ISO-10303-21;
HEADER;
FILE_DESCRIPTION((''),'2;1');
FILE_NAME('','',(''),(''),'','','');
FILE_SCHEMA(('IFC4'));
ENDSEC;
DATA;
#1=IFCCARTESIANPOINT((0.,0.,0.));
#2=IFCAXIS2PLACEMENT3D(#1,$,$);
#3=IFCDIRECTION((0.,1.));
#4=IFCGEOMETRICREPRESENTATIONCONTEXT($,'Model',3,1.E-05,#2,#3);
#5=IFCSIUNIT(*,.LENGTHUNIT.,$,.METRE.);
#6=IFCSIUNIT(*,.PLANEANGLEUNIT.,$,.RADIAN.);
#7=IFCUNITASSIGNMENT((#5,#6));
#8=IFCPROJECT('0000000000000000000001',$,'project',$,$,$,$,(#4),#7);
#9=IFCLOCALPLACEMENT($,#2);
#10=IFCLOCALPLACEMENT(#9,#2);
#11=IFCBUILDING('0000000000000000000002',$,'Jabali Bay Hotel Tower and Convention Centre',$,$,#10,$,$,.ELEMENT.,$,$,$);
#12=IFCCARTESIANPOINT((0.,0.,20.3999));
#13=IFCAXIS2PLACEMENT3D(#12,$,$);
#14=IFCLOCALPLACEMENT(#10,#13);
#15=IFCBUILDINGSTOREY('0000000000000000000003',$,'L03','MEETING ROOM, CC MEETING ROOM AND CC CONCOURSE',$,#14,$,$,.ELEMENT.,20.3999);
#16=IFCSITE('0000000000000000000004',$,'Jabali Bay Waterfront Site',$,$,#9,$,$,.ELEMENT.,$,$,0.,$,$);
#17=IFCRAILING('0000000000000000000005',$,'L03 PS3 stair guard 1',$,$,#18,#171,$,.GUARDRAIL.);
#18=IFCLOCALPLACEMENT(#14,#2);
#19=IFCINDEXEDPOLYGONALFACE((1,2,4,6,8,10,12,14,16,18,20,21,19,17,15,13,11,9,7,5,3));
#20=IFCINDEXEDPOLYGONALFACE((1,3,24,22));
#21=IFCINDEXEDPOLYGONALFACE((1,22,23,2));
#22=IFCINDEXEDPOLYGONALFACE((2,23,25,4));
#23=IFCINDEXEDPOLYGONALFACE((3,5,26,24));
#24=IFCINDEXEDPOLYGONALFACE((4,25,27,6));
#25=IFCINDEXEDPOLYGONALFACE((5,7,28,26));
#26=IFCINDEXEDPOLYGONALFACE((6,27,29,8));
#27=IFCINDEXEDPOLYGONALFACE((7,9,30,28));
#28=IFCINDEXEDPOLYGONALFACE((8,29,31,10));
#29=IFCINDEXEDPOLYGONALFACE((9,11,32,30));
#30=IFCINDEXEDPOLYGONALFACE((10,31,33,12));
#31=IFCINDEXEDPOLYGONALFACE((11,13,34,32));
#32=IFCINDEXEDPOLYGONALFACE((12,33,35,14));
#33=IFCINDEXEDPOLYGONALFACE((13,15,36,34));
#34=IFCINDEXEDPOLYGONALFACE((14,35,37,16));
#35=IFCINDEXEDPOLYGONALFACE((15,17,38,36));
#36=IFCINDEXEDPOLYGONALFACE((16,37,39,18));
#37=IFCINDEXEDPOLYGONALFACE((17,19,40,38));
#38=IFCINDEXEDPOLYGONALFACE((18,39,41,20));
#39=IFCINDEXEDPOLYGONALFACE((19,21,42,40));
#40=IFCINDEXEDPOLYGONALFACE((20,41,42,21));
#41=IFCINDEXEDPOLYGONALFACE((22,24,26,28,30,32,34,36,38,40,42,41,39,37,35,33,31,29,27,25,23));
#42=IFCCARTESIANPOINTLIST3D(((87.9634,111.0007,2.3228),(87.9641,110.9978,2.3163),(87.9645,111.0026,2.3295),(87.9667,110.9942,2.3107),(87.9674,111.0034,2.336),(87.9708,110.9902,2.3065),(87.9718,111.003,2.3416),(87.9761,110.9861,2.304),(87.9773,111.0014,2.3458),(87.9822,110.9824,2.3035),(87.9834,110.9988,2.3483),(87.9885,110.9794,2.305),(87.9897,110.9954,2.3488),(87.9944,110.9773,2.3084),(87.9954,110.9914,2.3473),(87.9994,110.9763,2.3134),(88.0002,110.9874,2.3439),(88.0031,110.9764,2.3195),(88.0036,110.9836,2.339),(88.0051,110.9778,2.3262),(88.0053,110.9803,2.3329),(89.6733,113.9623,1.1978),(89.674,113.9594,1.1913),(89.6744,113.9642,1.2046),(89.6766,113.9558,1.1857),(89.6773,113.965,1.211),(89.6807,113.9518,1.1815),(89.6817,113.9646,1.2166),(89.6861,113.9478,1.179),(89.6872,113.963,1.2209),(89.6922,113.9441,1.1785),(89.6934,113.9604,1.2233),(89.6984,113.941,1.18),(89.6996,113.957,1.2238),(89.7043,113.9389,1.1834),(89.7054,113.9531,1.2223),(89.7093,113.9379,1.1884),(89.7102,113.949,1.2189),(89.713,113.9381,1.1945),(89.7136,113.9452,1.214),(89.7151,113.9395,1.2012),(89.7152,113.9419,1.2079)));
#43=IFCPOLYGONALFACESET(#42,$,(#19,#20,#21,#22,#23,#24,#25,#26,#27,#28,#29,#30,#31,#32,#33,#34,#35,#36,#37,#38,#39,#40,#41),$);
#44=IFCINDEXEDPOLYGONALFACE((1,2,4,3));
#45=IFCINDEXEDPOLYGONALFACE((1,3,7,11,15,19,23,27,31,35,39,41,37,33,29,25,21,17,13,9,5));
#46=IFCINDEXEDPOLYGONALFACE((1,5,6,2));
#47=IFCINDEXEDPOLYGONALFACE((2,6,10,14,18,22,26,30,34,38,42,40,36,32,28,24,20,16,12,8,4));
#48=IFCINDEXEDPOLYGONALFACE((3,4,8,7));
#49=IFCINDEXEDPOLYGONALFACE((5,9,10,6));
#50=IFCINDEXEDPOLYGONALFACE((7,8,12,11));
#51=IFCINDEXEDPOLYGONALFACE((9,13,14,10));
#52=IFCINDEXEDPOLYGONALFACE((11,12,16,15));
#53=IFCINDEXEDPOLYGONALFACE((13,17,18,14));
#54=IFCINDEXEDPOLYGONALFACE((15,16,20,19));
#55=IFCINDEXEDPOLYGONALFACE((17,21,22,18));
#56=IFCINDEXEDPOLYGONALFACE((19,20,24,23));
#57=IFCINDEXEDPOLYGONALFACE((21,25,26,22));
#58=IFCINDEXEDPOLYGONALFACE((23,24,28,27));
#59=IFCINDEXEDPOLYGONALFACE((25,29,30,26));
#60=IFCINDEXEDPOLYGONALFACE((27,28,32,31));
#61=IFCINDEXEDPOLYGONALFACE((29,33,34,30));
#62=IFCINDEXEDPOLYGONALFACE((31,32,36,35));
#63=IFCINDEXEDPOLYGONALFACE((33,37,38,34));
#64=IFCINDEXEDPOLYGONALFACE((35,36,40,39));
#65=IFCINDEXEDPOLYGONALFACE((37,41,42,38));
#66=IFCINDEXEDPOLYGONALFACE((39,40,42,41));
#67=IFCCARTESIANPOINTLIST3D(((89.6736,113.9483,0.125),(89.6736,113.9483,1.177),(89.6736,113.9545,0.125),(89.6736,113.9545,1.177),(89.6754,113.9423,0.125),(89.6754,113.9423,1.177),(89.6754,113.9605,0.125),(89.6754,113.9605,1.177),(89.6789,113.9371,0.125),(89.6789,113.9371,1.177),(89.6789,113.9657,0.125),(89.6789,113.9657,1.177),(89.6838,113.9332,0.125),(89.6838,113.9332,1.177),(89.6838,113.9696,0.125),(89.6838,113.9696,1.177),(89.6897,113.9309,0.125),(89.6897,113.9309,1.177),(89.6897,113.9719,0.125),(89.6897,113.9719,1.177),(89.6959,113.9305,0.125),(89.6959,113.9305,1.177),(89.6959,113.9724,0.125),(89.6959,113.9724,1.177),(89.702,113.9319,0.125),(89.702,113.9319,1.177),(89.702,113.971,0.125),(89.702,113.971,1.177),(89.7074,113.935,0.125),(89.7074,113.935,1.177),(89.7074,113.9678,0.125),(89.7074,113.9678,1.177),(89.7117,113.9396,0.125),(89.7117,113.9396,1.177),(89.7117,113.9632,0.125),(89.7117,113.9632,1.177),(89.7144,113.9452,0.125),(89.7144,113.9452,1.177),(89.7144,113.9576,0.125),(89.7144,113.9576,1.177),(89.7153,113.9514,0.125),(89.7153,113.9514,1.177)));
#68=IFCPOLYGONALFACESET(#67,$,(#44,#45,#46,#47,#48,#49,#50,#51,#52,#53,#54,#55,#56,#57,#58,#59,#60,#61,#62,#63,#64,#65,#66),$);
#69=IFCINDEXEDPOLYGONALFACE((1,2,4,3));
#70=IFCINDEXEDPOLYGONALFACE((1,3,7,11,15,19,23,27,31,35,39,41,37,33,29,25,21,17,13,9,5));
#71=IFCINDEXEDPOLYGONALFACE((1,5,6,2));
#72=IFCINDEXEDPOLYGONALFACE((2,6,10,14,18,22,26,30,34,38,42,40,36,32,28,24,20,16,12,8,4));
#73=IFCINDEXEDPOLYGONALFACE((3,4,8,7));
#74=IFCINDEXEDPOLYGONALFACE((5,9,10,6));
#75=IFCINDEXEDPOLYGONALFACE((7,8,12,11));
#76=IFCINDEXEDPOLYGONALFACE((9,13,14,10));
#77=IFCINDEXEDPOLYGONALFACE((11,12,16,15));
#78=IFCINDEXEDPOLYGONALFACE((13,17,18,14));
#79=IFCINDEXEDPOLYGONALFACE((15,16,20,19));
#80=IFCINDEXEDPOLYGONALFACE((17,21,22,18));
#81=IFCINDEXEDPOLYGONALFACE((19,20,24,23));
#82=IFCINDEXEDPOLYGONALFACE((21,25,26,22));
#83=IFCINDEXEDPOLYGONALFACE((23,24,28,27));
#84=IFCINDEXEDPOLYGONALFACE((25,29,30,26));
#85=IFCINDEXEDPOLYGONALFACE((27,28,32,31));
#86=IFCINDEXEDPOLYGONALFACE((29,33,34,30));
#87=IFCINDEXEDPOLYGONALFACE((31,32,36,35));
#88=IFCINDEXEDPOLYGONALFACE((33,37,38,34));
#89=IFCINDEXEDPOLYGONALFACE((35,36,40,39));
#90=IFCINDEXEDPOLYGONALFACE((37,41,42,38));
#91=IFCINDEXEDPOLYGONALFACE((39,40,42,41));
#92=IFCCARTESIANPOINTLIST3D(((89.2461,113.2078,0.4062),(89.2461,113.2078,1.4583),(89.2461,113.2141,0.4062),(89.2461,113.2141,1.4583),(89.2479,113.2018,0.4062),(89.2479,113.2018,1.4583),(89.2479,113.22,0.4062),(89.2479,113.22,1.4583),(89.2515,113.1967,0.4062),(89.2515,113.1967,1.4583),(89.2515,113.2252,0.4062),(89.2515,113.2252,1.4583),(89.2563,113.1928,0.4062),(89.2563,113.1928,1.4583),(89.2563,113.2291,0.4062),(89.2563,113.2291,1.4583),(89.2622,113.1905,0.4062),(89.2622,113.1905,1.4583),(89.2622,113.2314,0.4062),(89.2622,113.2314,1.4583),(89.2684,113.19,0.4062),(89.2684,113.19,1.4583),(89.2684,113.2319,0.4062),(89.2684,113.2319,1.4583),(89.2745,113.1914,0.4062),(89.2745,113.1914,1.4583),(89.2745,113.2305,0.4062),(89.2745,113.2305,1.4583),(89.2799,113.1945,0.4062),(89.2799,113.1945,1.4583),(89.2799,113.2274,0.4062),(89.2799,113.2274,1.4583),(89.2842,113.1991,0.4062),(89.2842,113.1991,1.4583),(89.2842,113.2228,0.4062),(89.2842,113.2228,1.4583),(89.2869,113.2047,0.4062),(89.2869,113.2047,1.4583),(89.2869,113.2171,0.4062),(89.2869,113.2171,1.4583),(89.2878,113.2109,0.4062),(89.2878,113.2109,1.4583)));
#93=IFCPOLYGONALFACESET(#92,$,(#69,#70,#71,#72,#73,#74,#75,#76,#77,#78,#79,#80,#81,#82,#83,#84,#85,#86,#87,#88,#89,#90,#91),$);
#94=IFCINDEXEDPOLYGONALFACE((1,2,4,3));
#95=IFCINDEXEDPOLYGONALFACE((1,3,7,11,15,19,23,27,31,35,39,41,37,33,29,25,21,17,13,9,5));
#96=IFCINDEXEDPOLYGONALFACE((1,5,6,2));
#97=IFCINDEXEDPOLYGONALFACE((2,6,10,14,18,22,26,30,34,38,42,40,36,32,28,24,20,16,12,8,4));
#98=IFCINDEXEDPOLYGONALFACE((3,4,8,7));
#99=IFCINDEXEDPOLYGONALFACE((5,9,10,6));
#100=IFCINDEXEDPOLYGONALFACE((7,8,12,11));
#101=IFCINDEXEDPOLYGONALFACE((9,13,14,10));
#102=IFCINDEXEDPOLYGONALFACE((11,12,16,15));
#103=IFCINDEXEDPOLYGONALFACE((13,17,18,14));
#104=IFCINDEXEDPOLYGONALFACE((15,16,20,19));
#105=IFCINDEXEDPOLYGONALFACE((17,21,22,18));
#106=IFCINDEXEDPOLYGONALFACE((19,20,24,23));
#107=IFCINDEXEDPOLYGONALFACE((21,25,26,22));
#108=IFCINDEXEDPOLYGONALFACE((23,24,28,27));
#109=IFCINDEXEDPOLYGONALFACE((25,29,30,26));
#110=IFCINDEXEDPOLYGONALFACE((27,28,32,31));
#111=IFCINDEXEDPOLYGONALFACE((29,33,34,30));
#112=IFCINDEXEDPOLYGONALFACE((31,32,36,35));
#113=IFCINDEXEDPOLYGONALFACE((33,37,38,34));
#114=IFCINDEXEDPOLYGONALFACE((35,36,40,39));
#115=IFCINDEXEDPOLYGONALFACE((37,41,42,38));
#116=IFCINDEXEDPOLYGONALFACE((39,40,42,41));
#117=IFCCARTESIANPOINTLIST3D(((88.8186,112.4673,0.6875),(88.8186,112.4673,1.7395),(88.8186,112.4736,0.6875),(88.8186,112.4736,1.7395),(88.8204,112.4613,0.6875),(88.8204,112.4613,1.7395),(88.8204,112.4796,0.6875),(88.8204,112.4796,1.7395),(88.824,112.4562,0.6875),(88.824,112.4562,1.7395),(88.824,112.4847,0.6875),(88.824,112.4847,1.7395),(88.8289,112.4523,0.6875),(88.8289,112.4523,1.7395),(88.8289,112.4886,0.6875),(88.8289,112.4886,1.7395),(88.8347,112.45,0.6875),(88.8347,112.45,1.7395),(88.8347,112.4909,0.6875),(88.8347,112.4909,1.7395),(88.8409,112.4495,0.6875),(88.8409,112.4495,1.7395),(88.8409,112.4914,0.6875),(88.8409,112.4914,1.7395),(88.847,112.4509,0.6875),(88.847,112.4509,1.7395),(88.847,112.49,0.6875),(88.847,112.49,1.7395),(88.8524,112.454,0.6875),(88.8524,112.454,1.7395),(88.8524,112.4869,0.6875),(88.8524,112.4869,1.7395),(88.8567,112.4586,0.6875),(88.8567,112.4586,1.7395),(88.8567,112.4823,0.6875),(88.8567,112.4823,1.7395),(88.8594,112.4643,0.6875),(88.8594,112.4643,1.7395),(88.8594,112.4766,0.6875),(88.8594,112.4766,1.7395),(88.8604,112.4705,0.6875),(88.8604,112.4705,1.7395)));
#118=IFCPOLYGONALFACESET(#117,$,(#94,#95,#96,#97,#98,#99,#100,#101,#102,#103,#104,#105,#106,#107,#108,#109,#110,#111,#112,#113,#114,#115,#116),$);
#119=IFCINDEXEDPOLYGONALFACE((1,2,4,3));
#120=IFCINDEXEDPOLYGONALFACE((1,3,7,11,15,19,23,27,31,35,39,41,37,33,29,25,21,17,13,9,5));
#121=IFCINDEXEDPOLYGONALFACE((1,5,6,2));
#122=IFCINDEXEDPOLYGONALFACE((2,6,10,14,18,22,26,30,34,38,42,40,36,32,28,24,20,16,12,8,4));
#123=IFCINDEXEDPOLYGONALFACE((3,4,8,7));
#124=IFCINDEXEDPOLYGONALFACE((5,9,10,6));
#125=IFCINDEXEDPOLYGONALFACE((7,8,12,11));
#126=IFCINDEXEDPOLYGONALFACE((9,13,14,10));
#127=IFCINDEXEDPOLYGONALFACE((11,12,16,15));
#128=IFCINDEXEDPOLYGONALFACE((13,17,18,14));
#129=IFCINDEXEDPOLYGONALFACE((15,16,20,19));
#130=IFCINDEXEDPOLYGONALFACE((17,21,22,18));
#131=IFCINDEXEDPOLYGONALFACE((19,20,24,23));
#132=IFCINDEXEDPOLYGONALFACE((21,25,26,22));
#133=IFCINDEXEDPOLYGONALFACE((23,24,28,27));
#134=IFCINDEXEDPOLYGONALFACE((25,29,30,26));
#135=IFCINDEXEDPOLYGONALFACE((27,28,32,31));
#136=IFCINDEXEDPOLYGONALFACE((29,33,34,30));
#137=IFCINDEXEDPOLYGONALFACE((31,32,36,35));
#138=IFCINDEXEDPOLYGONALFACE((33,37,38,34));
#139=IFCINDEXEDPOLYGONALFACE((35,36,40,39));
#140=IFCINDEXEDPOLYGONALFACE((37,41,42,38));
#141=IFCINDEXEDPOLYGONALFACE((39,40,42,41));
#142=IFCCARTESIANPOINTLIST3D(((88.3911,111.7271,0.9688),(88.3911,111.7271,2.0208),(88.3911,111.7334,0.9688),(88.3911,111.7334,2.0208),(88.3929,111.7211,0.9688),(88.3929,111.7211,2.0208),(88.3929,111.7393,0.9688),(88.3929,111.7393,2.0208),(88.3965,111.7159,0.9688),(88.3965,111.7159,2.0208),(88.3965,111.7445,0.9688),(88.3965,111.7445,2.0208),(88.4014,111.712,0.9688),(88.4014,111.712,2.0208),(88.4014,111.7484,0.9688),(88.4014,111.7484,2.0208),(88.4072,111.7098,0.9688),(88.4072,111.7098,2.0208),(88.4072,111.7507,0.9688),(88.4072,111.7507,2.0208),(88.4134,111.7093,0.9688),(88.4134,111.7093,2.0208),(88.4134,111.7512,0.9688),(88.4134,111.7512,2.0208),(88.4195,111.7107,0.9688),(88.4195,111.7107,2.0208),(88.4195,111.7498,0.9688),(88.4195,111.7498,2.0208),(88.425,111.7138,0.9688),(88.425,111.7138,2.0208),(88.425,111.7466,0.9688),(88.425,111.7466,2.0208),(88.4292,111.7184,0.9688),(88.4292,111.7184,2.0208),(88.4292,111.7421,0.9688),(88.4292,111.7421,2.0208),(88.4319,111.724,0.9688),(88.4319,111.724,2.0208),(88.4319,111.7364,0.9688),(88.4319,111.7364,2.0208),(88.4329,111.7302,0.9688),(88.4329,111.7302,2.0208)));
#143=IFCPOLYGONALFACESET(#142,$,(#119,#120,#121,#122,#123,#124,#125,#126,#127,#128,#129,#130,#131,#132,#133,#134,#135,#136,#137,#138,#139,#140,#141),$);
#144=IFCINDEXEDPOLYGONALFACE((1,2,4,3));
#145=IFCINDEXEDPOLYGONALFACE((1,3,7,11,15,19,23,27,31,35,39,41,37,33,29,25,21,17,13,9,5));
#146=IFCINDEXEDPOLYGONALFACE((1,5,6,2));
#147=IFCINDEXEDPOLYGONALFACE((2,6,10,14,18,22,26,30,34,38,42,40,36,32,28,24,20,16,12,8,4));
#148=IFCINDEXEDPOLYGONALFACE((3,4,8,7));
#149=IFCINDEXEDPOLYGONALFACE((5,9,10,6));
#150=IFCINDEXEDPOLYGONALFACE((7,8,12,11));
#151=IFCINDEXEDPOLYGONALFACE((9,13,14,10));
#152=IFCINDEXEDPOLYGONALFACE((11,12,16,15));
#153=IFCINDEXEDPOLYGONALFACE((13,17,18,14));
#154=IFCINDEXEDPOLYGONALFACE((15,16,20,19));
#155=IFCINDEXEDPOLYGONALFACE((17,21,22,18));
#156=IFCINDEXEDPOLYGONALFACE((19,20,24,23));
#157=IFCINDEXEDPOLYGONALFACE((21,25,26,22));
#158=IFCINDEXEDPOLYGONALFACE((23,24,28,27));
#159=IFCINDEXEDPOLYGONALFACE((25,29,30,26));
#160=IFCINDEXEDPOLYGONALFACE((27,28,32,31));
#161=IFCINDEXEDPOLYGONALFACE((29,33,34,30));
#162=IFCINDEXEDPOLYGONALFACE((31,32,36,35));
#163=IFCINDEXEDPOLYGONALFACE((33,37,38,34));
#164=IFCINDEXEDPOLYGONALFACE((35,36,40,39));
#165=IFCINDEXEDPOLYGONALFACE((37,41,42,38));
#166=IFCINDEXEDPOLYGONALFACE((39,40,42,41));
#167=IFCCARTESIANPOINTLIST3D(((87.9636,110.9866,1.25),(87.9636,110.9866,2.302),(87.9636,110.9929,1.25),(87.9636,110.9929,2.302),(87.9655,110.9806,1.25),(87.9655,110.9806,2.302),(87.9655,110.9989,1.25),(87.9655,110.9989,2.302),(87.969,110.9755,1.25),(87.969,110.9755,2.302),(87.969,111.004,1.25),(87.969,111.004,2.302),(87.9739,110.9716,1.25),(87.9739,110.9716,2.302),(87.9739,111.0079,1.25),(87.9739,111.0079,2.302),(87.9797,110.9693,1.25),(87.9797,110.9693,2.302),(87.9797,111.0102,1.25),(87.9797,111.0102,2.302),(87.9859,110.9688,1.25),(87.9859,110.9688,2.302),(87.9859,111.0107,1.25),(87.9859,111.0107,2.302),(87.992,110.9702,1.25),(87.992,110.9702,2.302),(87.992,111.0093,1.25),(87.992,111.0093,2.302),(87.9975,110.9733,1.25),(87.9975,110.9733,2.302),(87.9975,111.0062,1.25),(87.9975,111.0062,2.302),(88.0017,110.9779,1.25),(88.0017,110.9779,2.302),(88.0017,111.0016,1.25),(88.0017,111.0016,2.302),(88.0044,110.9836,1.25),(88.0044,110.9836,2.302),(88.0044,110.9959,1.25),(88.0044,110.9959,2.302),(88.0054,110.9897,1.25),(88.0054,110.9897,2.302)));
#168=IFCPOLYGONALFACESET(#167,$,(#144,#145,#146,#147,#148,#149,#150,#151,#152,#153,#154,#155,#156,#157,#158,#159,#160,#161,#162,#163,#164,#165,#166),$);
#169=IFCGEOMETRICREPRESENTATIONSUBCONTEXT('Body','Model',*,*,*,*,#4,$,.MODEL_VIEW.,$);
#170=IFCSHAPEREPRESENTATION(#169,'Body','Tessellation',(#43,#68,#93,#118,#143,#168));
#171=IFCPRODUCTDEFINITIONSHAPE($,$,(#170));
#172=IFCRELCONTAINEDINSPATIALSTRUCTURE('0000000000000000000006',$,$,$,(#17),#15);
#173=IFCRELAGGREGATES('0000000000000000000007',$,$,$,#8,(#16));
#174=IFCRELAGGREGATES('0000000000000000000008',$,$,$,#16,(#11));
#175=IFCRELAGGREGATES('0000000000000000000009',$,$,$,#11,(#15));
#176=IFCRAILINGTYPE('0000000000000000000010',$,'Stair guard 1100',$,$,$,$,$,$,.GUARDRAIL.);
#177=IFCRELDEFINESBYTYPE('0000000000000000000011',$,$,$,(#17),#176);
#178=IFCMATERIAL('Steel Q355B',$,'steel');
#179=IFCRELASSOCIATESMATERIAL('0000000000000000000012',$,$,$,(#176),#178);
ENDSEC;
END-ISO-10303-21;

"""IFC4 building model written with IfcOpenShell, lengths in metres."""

from ifc_helpers import new_model, si_unit, direction, frame, origin, origin_2d, place, context, subcontext, project, spatial, circle, extrude, material, type_object, element, save


model = new_model("IFC4")

# Units and contexts
model_context = context("Model", 3, precision=1e-05, world=origin(), true_north=direction((0.0, 1.0)))
body_context = subcontext(model_context, "Body", "Model", "MODEL_VIEW")
ifc_project = project(units=[si_unit("LENGTHUNIT", "METRE"), si_unit("PLANEANGLEUNIT", "RADIAN")], contexts=[model_context])

# Site, building, storey
site_placement = place(None, origin())
site = spatial("IfcSite", under=ifc_project, at=site_placement, Name="Jabali Bay Waterfront Site", CompositionType="ELEMENT", RefElevation=0.0)
building_placement = place(site_placement, origin())
building = spatial("IfcBuilding", under=site, at=building_placement, Name="Jabali Bay Hotel Tower and Convention Centre", CompositionType="ELEMENT")
storey_placement = place(building_placement, frame((0.0, 0.0, 20.3999)))
storey = spatial("IfcBuildingStorey", under=building, at=storey_placement, Name="L03", Description="MEETING ROOM, CC MEETING ROOM AND CC CONCOURSE", CompositionType="ELEMENT", Elevation=20.3999)

# Railing
ifc_material_1 = material(Name="Steel Q355B", Category="steel")
railing_type_1 = type_object("IfcRailingType", Name="Stair guard 1100", PredefinedType="GUARDRAIL", material=ifc_material_1)
railing_1_placement = place(storey_placement, frame((89.6943, 113.9514, 0.125)))
element("IfcRailing", 1, at=railing_1_placement, inside=storey, type_object=railing_type_1, Name="L03 PS3 stair guard 1", PredefinedType="GUARDRAIL", context=body_context, shape_type="SweptSolid", body=[
    extrude(circle(Radius=0.0239, at=origin_2d()), frame((0.0, 0.0, 1.0762), z_axis=(-0.474969, -0.822652, 0.312487), x_axis=(0.86602, -0.500009, 0.0)), (0.0, 0.0, 1.0), 3.6001),
    extrude(circle(Radius=0.021, at=origin_2d()), origin(), (0.0, 0.0, 1.0), 1.052),
    extrude(circle(Radius=0.021, at=origin_2d()), frame((-0.4275, -0.7405, 0.2812)), (0.0, 0.0, 1.0), 1.052),
    extrude(circle(Radius=0.021, at=origin_2d()), frame((-0.855, -1.481, 0.5625)), (0.0, 0.0, 1.0), 1.052),
    extrude(circle(Radius=0.021, at=origin_2d()), frame((-1.2825, -2.2212, 0.8438)), (0.0, 0.0, 1.0), 1.052),
    extrude(circle(Radius=0.021, at=origin_2d()), frame((-1.71, -2.9617, 1.125)), (0.0, 0.0, 1.0), 1.052),
])

save(model, "model.ifc")
